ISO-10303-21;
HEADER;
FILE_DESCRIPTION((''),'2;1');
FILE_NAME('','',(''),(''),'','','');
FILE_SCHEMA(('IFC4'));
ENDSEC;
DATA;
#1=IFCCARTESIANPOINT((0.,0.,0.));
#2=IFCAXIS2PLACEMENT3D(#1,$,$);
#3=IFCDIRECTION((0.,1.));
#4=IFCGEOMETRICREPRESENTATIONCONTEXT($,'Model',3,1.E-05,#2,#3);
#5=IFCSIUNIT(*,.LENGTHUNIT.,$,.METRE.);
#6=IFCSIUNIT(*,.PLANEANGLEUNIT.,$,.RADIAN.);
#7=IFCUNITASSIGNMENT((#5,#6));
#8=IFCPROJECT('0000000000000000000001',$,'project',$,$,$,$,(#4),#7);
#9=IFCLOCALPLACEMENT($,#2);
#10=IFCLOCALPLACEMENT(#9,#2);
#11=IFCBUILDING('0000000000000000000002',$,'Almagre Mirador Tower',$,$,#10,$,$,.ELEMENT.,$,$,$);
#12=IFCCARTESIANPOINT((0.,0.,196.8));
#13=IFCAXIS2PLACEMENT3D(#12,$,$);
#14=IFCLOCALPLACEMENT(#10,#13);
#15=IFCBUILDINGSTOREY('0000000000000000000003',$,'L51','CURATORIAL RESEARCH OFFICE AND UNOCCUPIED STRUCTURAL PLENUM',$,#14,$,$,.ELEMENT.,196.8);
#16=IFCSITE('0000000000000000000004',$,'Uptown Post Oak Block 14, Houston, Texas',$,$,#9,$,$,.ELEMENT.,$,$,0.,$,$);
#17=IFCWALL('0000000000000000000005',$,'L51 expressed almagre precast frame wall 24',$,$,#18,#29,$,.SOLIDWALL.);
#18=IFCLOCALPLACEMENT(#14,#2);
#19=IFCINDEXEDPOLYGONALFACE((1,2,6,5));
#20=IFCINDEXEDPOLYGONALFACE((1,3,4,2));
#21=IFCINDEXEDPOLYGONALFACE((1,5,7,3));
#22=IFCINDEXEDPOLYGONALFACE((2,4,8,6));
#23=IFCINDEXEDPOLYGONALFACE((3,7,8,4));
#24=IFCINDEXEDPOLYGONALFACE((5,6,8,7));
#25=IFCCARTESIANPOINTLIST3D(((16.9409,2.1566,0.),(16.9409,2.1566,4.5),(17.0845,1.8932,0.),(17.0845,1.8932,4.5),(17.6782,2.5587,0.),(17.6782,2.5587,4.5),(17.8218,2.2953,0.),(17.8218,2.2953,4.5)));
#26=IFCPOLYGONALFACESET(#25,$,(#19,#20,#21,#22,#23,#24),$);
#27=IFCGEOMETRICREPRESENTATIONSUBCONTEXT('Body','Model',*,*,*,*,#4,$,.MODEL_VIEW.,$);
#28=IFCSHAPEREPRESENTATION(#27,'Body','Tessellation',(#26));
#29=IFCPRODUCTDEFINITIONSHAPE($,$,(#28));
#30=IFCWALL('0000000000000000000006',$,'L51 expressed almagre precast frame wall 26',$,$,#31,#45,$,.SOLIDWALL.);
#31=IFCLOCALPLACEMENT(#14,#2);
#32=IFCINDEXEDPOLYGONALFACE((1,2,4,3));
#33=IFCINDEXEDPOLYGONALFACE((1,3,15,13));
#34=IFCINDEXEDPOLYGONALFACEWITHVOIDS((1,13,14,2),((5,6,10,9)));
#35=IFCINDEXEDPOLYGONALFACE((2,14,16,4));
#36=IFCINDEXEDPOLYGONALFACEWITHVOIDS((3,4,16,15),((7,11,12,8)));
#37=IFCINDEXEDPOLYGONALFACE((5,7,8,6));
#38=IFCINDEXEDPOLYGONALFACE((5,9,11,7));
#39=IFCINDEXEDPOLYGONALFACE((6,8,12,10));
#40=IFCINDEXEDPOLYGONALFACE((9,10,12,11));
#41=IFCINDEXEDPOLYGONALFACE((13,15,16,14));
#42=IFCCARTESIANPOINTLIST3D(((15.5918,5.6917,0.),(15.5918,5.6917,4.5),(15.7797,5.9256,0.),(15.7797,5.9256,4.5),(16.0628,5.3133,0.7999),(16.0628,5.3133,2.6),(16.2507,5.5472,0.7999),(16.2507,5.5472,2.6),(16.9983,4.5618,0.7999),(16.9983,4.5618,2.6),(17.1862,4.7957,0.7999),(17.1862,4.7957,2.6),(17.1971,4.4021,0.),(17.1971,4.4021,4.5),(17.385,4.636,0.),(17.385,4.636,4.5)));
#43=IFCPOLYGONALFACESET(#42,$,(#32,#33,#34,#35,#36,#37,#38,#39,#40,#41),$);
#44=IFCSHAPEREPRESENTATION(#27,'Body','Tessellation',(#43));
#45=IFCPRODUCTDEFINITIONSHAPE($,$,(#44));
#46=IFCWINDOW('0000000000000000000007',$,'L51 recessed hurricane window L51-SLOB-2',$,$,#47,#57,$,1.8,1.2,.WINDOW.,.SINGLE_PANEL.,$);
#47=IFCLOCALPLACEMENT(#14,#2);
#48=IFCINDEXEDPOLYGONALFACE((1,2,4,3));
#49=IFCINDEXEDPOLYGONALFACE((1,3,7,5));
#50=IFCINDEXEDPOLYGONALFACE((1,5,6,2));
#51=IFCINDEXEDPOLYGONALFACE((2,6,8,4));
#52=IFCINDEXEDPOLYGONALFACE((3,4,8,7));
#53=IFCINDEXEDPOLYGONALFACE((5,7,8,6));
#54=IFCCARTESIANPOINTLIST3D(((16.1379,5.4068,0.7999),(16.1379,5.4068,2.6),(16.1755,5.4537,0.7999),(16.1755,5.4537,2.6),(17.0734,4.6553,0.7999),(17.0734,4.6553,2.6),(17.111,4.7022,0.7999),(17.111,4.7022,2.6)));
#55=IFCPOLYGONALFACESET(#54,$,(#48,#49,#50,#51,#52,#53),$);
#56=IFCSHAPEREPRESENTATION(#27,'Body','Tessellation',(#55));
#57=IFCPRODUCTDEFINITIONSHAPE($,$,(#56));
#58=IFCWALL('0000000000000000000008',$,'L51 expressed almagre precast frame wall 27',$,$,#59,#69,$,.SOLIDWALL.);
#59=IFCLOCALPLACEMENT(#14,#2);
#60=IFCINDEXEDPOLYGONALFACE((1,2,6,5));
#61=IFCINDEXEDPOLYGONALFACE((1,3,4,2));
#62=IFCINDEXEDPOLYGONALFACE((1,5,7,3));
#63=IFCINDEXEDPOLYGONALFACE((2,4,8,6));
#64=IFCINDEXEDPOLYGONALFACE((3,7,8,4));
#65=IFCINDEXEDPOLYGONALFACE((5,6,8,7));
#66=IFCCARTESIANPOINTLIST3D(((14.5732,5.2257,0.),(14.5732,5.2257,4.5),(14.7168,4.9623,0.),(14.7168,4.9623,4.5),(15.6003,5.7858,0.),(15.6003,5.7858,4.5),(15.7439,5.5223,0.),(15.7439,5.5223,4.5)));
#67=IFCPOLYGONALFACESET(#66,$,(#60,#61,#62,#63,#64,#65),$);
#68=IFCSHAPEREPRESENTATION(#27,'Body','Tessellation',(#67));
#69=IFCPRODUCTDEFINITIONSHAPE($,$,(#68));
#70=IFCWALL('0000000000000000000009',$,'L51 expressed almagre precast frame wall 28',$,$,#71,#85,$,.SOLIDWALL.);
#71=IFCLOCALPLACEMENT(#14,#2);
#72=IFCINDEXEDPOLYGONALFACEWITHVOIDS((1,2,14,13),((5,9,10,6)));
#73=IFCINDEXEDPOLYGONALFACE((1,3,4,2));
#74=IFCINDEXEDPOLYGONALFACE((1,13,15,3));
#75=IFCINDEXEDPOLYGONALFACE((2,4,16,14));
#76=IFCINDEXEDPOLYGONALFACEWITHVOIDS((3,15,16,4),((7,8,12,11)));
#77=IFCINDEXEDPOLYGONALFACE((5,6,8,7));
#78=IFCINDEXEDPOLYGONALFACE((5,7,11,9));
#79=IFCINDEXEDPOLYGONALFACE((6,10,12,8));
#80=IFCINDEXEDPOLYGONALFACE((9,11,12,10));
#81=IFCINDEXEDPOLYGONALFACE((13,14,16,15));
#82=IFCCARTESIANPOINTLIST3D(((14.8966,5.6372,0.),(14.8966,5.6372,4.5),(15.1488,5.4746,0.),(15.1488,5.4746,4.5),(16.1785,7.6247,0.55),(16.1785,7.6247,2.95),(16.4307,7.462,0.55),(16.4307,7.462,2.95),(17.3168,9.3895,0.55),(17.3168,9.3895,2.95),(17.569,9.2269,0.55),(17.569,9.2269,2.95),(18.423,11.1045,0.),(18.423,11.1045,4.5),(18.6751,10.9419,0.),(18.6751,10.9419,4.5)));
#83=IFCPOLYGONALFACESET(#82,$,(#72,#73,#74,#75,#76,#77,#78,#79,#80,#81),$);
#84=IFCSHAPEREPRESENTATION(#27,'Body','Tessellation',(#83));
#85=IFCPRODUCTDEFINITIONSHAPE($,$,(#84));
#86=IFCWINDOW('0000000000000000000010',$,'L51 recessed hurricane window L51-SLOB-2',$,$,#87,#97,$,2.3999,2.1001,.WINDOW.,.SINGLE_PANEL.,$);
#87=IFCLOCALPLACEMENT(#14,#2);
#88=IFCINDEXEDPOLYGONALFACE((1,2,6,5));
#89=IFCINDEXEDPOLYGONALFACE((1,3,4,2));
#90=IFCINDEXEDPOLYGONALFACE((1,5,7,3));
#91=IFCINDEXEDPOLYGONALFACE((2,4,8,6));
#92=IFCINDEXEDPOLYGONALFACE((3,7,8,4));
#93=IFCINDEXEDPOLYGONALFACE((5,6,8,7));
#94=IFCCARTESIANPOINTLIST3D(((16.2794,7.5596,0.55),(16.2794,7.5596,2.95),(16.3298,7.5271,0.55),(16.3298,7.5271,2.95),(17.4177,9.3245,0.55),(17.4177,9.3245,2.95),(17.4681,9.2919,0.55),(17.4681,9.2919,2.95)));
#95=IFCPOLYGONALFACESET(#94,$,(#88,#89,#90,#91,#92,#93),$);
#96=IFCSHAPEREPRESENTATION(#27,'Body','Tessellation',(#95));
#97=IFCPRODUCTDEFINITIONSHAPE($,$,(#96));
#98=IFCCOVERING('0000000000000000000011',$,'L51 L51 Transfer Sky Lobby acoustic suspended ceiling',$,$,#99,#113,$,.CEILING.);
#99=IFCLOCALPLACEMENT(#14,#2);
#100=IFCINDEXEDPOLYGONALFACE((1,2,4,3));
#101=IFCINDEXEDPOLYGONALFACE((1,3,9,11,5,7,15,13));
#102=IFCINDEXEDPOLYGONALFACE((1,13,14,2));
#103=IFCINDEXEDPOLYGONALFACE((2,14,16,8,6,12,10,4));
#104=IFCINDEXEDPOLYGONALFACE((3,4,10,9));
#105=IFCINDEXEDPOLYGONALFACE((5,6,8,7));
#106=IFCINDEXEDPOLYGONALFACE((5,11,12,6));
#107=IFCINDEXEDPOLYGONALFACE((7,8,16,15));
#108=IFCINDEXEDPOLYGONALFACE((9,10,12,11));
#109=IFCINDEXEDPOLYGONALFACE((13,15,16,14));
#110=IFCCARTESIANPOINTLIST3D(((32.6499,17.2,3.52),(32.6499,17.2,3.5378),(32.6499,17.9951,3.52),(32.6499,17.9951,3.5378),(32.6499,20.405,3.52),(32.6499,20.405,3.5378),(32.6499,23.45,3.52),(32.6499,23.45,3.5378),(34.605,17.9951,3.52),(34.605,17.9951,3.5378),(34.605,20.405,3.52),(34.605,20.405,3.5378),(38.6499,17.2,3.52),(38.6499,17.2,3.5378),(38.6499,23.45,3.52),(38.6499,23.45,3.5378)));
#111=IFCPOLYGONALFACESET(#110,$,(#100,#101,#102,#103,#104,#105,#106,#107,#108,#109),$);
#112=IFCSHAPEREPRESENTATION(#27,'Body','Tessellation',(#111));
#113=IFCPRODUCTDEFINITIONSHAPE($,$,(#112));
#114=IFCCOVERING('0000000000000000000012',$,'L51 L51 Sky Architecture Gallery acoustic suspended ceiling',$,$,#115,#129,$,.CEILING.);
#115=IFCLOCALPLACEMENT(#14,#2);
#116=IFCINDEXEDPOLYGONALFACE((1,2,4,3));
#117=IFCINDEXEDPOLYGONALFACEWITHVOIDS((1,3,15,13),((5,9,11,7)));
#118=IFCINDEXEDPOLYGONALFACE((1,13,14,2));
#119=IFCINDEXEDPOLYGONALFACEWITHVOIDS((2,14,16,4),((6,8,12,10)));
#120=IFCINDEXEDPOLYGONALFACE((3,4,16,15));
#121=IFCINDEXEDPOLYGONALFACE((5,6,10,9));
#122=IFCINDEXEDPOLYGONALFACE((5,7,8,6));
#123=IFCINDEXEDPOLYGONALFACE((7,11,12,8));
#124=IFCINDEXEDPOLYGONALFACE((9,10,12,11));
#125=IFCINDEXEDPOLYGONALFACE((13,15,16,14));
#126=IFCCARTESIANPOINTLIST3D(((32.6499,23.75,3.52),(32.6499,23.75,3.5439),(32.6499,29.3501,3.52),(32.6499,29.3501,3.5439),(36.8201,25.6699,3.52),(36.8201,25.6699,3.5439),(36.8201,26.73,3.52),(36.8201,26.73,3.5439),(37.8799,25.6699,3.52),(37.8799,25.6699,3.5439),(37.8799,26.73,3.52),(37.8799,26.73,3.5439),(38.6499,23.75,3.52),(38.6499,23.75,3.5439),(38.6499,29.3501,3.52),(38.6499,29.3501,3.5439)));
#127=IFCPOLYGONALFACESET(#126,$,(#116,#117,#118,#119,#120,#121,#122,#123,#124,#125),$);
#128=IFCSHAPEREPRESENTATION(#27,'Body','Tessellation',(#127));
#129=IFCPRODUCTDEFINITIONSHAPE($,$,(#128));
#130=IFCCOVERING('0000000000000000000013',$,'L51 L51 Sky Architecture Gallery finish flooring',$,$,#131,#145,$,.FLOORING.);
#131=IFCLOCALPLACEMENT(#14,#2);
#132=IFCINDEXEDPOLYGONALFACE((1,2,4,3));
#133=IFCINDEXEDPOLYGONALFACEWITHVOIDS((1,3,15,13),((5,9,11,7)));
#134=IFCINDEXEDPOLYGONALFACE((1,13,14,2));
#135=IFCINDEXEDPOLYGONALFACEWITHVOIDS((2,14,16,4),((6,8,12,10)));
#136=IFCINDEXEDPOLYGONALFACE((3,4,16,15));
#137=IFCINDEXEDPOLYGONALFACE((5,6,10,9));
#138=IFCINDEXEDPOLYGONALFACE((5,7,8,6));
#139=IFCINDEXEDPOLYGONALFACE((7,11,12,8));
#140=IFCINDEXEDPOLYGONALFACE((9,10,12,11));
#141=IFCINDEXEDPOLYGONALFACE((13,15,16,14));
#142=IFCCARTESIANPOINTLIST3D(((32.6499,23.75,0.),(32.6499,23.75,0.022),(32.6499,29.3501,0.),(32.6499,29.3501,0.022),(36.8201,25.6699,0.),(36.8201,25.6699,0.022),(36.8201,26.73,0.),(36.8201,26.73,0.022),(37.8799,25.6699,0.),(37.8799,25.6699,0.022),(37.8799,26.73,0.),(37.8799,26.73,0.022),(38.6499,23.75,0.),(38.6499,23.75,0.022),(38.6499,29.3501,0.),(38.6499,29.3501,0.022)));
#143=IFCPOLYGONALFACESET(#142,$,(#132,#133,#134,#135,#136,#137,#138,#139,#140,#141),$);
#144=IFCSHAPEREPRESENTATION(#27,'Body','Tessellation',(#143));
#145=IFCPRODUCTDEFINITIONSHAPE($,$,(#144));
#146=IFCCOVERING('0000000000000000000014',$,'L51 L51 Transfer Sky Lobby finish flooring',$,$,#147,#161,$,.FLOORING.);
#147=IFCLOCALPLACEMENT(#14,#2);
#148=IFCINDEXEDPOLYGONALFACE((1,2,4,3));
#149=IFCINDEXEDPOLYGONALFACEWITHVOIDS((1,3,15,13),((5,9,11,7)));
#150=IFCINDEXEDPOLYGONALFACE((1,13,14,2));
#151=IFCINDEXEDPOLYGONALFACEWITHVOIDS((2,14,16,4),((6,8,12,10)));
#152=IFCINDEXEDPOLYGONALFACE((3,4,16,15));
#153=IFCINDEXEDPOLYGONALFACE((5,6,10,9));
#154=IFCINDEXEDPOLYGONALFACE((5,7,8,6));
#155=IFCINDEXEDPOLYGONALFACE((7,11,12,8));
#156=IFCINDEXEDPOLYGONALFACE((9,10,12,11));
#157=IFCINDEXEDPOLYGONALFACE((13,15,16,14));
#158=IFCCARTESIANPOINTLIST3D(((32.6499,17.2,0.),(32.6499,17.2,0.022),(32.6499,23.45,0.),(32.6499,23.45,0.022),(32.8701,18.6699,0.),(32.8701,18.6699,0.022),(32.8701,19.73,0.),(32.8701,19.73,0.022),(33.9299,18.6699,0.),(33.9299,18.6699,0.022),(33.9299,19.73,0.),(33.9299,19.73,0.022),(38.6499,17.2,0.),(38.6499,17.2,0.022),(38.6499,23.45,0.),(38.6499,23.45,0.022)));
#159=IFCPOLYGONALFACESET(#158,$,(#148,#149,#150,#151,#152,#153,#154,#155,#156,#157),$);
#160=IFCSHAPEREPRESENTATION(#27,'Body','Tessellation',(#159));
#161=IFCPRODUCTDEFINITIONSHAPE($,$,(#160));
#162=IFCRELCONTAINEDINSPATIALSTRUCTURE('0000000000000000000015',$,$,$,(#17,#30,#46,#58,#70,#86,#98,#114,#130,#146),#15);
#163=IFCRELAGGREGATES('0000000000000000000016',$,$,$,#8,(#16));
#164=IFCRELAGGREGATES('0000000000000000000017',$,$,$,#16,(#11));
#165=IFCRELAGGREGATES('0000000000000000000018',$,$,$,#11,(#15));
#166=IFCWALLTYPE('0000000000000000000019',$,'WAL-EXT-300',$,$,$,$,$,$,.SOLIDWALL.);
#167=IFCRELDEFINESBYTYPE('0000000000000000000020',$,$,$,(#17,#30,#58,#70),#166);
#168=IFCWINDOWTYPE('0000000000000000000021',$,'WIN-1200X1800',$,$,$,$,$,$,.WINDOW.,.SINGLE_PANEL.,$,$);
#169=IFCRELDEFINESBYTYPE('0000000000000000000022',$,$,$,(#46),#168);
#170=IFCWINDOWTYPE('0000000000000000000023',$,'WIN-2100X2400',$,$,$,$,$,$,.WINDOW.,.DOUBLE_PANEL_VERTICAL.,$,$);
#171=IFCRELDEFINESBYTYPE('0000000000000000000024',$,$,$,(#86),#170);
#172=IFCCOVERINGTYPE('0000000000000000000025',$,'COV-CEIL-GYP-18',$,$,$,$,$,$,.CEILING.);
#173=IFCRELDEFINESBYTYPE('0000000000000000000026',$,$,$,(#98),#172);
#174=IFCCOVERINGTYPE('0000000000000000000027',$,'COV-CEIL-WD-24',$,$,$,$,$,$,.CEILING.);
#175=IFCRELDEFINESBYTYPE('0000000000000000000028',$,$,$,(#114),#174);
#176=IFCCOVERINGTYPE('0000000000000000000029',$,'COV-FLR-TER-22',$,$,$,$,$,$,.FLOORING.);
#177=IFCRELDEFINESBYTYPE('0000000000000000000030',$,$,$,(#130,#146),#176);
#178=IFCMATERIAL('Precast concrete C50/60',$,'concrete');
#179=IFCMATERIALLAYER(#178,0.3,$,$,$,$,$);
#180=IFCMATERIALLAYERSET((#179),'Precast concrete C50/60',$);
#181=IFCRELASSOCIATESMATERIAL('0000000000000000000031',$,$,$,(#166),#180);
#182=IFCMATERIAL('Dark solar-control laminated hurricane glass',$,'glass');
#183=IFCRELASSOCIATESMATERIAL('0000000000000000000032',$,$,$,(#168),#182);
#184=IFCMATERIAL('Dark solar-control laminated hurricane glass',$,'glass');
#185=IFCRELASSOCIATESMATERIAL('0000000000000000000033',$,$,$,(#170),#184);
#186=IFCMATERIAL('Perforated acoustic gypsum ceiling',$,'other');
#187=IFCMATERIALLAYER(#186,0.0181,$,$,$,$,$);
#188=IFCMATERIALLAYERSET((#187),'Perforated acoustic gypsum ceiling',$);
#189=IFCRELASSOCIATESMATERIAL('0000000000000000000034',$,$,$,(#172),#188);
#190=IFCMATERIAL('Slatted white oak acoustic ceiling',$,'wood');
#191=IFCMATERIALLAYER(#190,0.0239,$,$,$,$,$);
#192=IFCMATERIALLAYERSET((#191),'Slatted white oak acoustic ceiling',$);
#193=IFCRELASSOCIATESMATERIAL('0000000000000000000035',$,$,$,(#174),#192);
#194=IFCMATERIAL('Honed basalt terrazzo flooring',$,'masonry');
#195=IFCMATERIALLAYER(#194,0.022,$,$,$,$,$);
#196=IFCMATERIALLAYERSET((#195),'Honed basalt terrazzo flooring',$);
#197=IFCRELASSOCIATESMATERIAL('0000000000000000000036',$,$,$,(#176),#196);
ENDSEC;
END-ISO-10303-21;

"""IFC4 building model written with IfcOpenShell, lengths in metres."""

from ifc_helpers import new_model, si_unit, direction, frame, frame_2d, origin, place, context, subcontext, project, spatial, polyline, rectangle, outline, extrude, material, layer, layer_set, type_object, element, fill, save


model = new_model("IFC4")

# Units and contexts
model_context = context("Model", 3, precision=1e-05, world=origin(), true_north=direction((0.0, 1.0)))
body_context = subcontext(model_context, "Body", "Model", "MODEL_VIEW")
ifc_project = project(units=[si_unit("LENGTHUNIT", "METRE"), si_unit("PLANEANGLEUNIT", "RADIAN")], contexts=[model_context])

# Site, building, storey
site_placement = place(None, origin())
site = spatial("IfcSite", under=ifc_project, at=site_placement, Name="Uptown Post Oak Block 14, Houston, Texas", CompositionType="ELEMENT", RefElevation=0.0)
building_placement = place(site_placement, origin())
building = spatial("IfcBuilding", under=site, at=building_placement, Name="Almagre Mirador Tower", CompositionType="ELEMENT")
storey_placement = place(building_placement, frame((0.0, 0.0, 196.8)))
storey = spatial("IfcBuildingStorey", under=building, at=storey_placement, Name="L51", Description="CURATORIAL RESEARCH OFFICE AND UNOCCUPIED STRUCTURAL PLENUM", CompositionType="ELEMENT", Elevation=196.8)

# Wall
ifc_material_1 = material(Name="Precast concrete C50/60", Category="concrete")
ifc_layer_1 = layer(ifc_material_1, 0.3)
ifc_layer_set_1 = layer_set([ifc_layer_1], Name="Precast concrete C50/60")
wall_type = type_object("IfcWallType", Name="WAL-EXT-300", PredefinedType="SOLIDWALL", material=ifc_layer_set_1)
wall_1_placement = place(storey_placement, frame((17.0127, 2.0249, 0.0), z_axis=(0.0, 0.0, 1.0), x_axis=(0.877929, 0.478791, 0.0)))
element("IfcWall", 1, at=wall_1_placement, inside=storey, type_object=wall_type, Name="L51 expressed almagre precast frame wall 24", PredefinedType="SOLIDWALL", context=body_context, shape_type="SweptSolid", body=[
    extrude(rectangle(XDim=0.8398, YDim=0.3, at=frame_2d((0.4199, 0.0))), origin(), (0.0, 0.0, 1.0), 4.5),
])

# Wall, opening, window
wall_2_placement = place(storey_placement, frame((17.291, 4.519, 0.0), z_axis=(0.0, 0.0, 1.0), x_axis=(-0.779595, 0.626284, 0.0)))
wall_2 = element("IfcWall", 2, at=wall_2_placement, inside=storey, type_object=wall_type, Name="L51 expressed almagre precast frame wall 26", PredefinedType="SOLIDWALL", context=body_context, shape_type="SweptSolid", body=[
    extrude(rectangle(XDim=2.0591, YDim=0.3, at=frame_2d((1.0295, 0.0))), origin(), (0.0, 0.0, 1.0), 4.5),
])
opening_1_placement = place(wall_2_placement, frame((0.2549, 0.0, 0.8)))
opening_1 = element("IfcOpeningElement", 3, at=opening_1_placement, cuts=wall_2, PredefinedType="OPENING", context=body_context, shape_type="SweptSolid", body=[
    extrude(rectangle(XDim=1.2, YDim=1.8, at=frame_2d((0.6001, 0.8999))), frame((0.0, 0.1599, 0.0), z_axis=(0.0, -1.0, 0.0), x_axis=(1.0, 0.0, 0.0)), (0.0, 0.0, 1.0), 0.32),
])
ifc_material_2 = material(Name="Dark solar-control laminated hurricane glass", Category="glass")
window_type_1 = type_object("IfcWindowType", Name="WIN-1200X1800", PartitioningType="SINGLE_PANEL", PredefinedType="WINDOW", material=ifc_material_2)
window_1_placement = place(opening_1_placement, origin())
window_1 = element("IfcWindow", 4, at=window_1_placement, inside=storey, type_object=window_type_1, Name="L51 recessed hurricane window L51-SLOB-2", OverallHeight=1.8, OverallWidth=1.2, PartitioningType="SINGLE_PANEL", PredefinedType="WINDOW", context=body_context, shape_type="SweptSolid", body=[
    extrude(rectangle(XDim=1.2, YDim=1.8, at=frame_2d((0.6001, 0.8999))), frame((0.0, 0.03, 0.0), z_axis=(0.0, -1.0, 0.0), x_axis=(1.0, 0.0, 0.0)), (0.0, 0.0, 1.0), 0.0601),
])
fill(opening_1, window_1)

# Wall
wall_3_placement = place(storey_placement, frame((15.6721, 5.6541, 0.0), z_axis=(0.0, 0.0, 1.0), x_axis=(-0.877959, -0.478735, 0.0)))
element("IfcWall", 5, at=wall_3_placement, inside=storey, type_object=wall_type, Name="L51 expressed almagre precast frame wall 27", PredefinedType="SOLIDWALL", context=body_context, shape_type="SweptSolid", body=[
    extrude(rectangle(XDim=1.1699, YDim=0.3, at=frame_2d((0.585, 0.0))), origin(), (0.0, 0.0, 1.0), 4.5),
])

# Wall, opening, window
wall_4_placement = place(storey_placement, frame((15.0227, 5.5559, 0.0), z_axis=(0.0, 0.0, 1.0), x_axis=(0.542028, 0.840361, 0.0)))
wall_4 = element("IfcWall", 6, at=wall_4_placement, inside=storey, type_object=wall_type, Name="L51 expressed almagre precast frame wall 28", PredefinedType="SOLIDWALL", context=body_context, shape_type="SweptSolid", body=[
    extrude(rectangle(XDim=6.5059, YDim=0.3, at=frame_2d((3.2529, 0.0))), origin(), (0.0, 0.0, 1.0), 4.5),
])
opening_2_placement = place(wall_4_placement, frame((2.365, 0.0, 0.55)))
opening_2 = element("IfcOpeningElement", 7, at=opening_2_placement, cuts=wall_4, PredefinedType="OPENING", context=body_context, shape_type="SweptSolid", body=[
    extrude(rectangle(XDim=2.1001, YDim=2.3999, at=frame_2d((1.05, 1.2))), frame((0.0, 0.1599, 0.0), z_axis=(0.0, -1.0, 0.0), x_axis=(1.0, 0.0, 0.0)), (0.0, 0.0, 1.0), 0.32),
])
ifc_material_3 = material(Name="Dark solar-control laminated hurricane glass", Category="glass")
window_type_2 = type_object("IfcWindowType", Name="WIN-2100X2400", PartitioningType="DOUBLE_PANEL_VERTICAL", PredefinedType="WINDOW", material=ifc_material_3)
window_2_placement = place(opening_2_placement, origin())
window_2 = element("IfcWindow", 8, at=window_2_placement, inside=storey, type_object=window_type_2, Name="L51 recessed hurricane window L51-SLOB-2", OverallHeight=2.3999, OverallWidth=2.1001, PartitioningType="SINGLE_PANEL", PredefinedType="WINDOW", context=body_context, shape_type="SweptSolid", body=[
    extrude(rectangle(XDim=2.1001, YDim=2.3999, at=frame_2d((1.05, 1.2))), frame((0.0, 0.03, 0.0), z_axis=(0.0, -1.0, 0.0), x_axis=(1.0, 0.0, 0.0)), (0.0, 0.0, 1.0), 0.0601),
])
fill(opening_2, window_2)

# Coverings
ifc_material_4 = material(Name="Perforated acoustic gypsum ceiling", Category="other")
ifc_layer_2 = layer(ifc_material_4, 0.0181)
ifc_layer_set_2 = layer_set([ifc_layer_2], Name="Perforated acoustic gypsum ceiling")
covering_type_1 = type_object("IfcCoveringType", Name="COV-CEIL-GYP-18", PredefinedType="CEILING", material=ifc_layer_set_2)
covering_1_placement = place(storey_placement, frame((0.0, 0.0, 3.52)))
element("IfcCovering", 9, at=covering_1_placement, inside=storey, type_object=covering_type_1, Name="L51 L51 Transfer Sky Lobby acoustic suspended ceiling", PredefinedType="CEILING", context=body_context, shape_type="SweptSolid", body=[
    extrude(outline(polyline([(32.6499, 17.9951), (34.605, 17.9951), (34.605, 20.405), (32.6499, 20.405), (32.6499, 23.45), (38.6499, 23.45), (38.6499, 17.2), (32.6499, 17.2), (32.6499, 17.9951)])), origin(), (0.0, 0.0, 1.0), 0.0178),
])
ifc_material_5 = material(Name="Slatted white oak acoustic ceiling", Category="wood")
ifc_layer_3 = layer(ifc_material_5, 0.0239)
ifc_layer_set_3 = layer_set([ifc_layer_3], Name="Slatted white oak acoustic ceiling")
covering_type_2 = type_object("IfcCoveringType", Name="COV-CEIL-WD-24", PredefinedType="CEILING", material=ifc_layer_set_3)
covering_2_placement = place(storey_placement, frame((0.0, 0.0, 3.52)))
element("IfcCovering", 10, at=covering_2_placement, inside=storey, type_object=covering_type_2, Name="L51 L51 Sky Architecture Gallery acoustic suspended ceiling", PredefinedType="CEILING", context=body_context, shape_type="SweptSolid", body=[
    extrude(outline(polyline([(32.6499, 23.75), (32.6499, 29.3501), (38.6499, 29.3501), (38.6499, 23.75), (32.6499, 23.75)]), holes=[polyline([(36.8201, 25.6699), (36.8201, 26.73), (37.8799, 26.73), (37.8799, 25.6699), (36.8201, 25.6699)])]), origin(), (0.0, 0.0, 1.0), 0.0239),
])
ifc_material_6 = material(Name="Honed basalt terrazzo flooring", Category="masonry")
ifc_layer_4 = layer(ifc_material_6, 0.022)
ifc_layer_set_4 = layer_set([ifc_layer_4], Name="Honed basalt terrazzo flooring")
covering_type_3 = type_object("IfcCoveringType", Name="COV-FLR-TER-22", PredefinedType="FLOORING", material=ifc_layer_set_4)
covering_3_placement = place(storey_placement, origin())
element("IfcCovering", 11, at=covering_3_placement, inside=storey, type_object=covering_type_3, Name="L51 L51 Sky Architecture Gallery finish flooring", PredefinedType="FLOORING", context=body_context, shape_type="SweptSolid", body=[
    extrude(outline(polyline([(32.6499, 23.75), (32.6499, 29.3501), (38.6499, 29.3501), (38.6499, 23.75), (32.6499, 23.75)]), holes=[polyline([(36.8201, 25.6699), (36.8201, 26.73), (37.8799, 26.73), (37.8799, 25.6699), (36.8201, 25.6699)])]), origin(), (0.0, 0.0, 1.0), 0.022),
])
covering_4_placement = place(storey_placement, origin())
element("IfcCovering", 12, at=covering_4_placement, inside=storey, type_object=covering_type_3, Name="L51 L51 Transfer Sky Lobby finish flooring", PredefinedType="FLOORING", context=body_context, shape_type="SweptSolid", body=[
    extrude(outline(polyline([(32.6499, 17.2), (32.6499, 23.45), (38.6499, 23.45), (38.6499, 17.2), (32.6499, 17.2)]), holes=[polyline([(32.8701, 18.6699), (32.8701, 19.73), (33.9299, 19.73), (33.9299, 18.6699), (32.8701, 18.6699)])]), origin(), (0.0, 0.0, 1.0), 0.022),
])

save(model, "model.ifc")
